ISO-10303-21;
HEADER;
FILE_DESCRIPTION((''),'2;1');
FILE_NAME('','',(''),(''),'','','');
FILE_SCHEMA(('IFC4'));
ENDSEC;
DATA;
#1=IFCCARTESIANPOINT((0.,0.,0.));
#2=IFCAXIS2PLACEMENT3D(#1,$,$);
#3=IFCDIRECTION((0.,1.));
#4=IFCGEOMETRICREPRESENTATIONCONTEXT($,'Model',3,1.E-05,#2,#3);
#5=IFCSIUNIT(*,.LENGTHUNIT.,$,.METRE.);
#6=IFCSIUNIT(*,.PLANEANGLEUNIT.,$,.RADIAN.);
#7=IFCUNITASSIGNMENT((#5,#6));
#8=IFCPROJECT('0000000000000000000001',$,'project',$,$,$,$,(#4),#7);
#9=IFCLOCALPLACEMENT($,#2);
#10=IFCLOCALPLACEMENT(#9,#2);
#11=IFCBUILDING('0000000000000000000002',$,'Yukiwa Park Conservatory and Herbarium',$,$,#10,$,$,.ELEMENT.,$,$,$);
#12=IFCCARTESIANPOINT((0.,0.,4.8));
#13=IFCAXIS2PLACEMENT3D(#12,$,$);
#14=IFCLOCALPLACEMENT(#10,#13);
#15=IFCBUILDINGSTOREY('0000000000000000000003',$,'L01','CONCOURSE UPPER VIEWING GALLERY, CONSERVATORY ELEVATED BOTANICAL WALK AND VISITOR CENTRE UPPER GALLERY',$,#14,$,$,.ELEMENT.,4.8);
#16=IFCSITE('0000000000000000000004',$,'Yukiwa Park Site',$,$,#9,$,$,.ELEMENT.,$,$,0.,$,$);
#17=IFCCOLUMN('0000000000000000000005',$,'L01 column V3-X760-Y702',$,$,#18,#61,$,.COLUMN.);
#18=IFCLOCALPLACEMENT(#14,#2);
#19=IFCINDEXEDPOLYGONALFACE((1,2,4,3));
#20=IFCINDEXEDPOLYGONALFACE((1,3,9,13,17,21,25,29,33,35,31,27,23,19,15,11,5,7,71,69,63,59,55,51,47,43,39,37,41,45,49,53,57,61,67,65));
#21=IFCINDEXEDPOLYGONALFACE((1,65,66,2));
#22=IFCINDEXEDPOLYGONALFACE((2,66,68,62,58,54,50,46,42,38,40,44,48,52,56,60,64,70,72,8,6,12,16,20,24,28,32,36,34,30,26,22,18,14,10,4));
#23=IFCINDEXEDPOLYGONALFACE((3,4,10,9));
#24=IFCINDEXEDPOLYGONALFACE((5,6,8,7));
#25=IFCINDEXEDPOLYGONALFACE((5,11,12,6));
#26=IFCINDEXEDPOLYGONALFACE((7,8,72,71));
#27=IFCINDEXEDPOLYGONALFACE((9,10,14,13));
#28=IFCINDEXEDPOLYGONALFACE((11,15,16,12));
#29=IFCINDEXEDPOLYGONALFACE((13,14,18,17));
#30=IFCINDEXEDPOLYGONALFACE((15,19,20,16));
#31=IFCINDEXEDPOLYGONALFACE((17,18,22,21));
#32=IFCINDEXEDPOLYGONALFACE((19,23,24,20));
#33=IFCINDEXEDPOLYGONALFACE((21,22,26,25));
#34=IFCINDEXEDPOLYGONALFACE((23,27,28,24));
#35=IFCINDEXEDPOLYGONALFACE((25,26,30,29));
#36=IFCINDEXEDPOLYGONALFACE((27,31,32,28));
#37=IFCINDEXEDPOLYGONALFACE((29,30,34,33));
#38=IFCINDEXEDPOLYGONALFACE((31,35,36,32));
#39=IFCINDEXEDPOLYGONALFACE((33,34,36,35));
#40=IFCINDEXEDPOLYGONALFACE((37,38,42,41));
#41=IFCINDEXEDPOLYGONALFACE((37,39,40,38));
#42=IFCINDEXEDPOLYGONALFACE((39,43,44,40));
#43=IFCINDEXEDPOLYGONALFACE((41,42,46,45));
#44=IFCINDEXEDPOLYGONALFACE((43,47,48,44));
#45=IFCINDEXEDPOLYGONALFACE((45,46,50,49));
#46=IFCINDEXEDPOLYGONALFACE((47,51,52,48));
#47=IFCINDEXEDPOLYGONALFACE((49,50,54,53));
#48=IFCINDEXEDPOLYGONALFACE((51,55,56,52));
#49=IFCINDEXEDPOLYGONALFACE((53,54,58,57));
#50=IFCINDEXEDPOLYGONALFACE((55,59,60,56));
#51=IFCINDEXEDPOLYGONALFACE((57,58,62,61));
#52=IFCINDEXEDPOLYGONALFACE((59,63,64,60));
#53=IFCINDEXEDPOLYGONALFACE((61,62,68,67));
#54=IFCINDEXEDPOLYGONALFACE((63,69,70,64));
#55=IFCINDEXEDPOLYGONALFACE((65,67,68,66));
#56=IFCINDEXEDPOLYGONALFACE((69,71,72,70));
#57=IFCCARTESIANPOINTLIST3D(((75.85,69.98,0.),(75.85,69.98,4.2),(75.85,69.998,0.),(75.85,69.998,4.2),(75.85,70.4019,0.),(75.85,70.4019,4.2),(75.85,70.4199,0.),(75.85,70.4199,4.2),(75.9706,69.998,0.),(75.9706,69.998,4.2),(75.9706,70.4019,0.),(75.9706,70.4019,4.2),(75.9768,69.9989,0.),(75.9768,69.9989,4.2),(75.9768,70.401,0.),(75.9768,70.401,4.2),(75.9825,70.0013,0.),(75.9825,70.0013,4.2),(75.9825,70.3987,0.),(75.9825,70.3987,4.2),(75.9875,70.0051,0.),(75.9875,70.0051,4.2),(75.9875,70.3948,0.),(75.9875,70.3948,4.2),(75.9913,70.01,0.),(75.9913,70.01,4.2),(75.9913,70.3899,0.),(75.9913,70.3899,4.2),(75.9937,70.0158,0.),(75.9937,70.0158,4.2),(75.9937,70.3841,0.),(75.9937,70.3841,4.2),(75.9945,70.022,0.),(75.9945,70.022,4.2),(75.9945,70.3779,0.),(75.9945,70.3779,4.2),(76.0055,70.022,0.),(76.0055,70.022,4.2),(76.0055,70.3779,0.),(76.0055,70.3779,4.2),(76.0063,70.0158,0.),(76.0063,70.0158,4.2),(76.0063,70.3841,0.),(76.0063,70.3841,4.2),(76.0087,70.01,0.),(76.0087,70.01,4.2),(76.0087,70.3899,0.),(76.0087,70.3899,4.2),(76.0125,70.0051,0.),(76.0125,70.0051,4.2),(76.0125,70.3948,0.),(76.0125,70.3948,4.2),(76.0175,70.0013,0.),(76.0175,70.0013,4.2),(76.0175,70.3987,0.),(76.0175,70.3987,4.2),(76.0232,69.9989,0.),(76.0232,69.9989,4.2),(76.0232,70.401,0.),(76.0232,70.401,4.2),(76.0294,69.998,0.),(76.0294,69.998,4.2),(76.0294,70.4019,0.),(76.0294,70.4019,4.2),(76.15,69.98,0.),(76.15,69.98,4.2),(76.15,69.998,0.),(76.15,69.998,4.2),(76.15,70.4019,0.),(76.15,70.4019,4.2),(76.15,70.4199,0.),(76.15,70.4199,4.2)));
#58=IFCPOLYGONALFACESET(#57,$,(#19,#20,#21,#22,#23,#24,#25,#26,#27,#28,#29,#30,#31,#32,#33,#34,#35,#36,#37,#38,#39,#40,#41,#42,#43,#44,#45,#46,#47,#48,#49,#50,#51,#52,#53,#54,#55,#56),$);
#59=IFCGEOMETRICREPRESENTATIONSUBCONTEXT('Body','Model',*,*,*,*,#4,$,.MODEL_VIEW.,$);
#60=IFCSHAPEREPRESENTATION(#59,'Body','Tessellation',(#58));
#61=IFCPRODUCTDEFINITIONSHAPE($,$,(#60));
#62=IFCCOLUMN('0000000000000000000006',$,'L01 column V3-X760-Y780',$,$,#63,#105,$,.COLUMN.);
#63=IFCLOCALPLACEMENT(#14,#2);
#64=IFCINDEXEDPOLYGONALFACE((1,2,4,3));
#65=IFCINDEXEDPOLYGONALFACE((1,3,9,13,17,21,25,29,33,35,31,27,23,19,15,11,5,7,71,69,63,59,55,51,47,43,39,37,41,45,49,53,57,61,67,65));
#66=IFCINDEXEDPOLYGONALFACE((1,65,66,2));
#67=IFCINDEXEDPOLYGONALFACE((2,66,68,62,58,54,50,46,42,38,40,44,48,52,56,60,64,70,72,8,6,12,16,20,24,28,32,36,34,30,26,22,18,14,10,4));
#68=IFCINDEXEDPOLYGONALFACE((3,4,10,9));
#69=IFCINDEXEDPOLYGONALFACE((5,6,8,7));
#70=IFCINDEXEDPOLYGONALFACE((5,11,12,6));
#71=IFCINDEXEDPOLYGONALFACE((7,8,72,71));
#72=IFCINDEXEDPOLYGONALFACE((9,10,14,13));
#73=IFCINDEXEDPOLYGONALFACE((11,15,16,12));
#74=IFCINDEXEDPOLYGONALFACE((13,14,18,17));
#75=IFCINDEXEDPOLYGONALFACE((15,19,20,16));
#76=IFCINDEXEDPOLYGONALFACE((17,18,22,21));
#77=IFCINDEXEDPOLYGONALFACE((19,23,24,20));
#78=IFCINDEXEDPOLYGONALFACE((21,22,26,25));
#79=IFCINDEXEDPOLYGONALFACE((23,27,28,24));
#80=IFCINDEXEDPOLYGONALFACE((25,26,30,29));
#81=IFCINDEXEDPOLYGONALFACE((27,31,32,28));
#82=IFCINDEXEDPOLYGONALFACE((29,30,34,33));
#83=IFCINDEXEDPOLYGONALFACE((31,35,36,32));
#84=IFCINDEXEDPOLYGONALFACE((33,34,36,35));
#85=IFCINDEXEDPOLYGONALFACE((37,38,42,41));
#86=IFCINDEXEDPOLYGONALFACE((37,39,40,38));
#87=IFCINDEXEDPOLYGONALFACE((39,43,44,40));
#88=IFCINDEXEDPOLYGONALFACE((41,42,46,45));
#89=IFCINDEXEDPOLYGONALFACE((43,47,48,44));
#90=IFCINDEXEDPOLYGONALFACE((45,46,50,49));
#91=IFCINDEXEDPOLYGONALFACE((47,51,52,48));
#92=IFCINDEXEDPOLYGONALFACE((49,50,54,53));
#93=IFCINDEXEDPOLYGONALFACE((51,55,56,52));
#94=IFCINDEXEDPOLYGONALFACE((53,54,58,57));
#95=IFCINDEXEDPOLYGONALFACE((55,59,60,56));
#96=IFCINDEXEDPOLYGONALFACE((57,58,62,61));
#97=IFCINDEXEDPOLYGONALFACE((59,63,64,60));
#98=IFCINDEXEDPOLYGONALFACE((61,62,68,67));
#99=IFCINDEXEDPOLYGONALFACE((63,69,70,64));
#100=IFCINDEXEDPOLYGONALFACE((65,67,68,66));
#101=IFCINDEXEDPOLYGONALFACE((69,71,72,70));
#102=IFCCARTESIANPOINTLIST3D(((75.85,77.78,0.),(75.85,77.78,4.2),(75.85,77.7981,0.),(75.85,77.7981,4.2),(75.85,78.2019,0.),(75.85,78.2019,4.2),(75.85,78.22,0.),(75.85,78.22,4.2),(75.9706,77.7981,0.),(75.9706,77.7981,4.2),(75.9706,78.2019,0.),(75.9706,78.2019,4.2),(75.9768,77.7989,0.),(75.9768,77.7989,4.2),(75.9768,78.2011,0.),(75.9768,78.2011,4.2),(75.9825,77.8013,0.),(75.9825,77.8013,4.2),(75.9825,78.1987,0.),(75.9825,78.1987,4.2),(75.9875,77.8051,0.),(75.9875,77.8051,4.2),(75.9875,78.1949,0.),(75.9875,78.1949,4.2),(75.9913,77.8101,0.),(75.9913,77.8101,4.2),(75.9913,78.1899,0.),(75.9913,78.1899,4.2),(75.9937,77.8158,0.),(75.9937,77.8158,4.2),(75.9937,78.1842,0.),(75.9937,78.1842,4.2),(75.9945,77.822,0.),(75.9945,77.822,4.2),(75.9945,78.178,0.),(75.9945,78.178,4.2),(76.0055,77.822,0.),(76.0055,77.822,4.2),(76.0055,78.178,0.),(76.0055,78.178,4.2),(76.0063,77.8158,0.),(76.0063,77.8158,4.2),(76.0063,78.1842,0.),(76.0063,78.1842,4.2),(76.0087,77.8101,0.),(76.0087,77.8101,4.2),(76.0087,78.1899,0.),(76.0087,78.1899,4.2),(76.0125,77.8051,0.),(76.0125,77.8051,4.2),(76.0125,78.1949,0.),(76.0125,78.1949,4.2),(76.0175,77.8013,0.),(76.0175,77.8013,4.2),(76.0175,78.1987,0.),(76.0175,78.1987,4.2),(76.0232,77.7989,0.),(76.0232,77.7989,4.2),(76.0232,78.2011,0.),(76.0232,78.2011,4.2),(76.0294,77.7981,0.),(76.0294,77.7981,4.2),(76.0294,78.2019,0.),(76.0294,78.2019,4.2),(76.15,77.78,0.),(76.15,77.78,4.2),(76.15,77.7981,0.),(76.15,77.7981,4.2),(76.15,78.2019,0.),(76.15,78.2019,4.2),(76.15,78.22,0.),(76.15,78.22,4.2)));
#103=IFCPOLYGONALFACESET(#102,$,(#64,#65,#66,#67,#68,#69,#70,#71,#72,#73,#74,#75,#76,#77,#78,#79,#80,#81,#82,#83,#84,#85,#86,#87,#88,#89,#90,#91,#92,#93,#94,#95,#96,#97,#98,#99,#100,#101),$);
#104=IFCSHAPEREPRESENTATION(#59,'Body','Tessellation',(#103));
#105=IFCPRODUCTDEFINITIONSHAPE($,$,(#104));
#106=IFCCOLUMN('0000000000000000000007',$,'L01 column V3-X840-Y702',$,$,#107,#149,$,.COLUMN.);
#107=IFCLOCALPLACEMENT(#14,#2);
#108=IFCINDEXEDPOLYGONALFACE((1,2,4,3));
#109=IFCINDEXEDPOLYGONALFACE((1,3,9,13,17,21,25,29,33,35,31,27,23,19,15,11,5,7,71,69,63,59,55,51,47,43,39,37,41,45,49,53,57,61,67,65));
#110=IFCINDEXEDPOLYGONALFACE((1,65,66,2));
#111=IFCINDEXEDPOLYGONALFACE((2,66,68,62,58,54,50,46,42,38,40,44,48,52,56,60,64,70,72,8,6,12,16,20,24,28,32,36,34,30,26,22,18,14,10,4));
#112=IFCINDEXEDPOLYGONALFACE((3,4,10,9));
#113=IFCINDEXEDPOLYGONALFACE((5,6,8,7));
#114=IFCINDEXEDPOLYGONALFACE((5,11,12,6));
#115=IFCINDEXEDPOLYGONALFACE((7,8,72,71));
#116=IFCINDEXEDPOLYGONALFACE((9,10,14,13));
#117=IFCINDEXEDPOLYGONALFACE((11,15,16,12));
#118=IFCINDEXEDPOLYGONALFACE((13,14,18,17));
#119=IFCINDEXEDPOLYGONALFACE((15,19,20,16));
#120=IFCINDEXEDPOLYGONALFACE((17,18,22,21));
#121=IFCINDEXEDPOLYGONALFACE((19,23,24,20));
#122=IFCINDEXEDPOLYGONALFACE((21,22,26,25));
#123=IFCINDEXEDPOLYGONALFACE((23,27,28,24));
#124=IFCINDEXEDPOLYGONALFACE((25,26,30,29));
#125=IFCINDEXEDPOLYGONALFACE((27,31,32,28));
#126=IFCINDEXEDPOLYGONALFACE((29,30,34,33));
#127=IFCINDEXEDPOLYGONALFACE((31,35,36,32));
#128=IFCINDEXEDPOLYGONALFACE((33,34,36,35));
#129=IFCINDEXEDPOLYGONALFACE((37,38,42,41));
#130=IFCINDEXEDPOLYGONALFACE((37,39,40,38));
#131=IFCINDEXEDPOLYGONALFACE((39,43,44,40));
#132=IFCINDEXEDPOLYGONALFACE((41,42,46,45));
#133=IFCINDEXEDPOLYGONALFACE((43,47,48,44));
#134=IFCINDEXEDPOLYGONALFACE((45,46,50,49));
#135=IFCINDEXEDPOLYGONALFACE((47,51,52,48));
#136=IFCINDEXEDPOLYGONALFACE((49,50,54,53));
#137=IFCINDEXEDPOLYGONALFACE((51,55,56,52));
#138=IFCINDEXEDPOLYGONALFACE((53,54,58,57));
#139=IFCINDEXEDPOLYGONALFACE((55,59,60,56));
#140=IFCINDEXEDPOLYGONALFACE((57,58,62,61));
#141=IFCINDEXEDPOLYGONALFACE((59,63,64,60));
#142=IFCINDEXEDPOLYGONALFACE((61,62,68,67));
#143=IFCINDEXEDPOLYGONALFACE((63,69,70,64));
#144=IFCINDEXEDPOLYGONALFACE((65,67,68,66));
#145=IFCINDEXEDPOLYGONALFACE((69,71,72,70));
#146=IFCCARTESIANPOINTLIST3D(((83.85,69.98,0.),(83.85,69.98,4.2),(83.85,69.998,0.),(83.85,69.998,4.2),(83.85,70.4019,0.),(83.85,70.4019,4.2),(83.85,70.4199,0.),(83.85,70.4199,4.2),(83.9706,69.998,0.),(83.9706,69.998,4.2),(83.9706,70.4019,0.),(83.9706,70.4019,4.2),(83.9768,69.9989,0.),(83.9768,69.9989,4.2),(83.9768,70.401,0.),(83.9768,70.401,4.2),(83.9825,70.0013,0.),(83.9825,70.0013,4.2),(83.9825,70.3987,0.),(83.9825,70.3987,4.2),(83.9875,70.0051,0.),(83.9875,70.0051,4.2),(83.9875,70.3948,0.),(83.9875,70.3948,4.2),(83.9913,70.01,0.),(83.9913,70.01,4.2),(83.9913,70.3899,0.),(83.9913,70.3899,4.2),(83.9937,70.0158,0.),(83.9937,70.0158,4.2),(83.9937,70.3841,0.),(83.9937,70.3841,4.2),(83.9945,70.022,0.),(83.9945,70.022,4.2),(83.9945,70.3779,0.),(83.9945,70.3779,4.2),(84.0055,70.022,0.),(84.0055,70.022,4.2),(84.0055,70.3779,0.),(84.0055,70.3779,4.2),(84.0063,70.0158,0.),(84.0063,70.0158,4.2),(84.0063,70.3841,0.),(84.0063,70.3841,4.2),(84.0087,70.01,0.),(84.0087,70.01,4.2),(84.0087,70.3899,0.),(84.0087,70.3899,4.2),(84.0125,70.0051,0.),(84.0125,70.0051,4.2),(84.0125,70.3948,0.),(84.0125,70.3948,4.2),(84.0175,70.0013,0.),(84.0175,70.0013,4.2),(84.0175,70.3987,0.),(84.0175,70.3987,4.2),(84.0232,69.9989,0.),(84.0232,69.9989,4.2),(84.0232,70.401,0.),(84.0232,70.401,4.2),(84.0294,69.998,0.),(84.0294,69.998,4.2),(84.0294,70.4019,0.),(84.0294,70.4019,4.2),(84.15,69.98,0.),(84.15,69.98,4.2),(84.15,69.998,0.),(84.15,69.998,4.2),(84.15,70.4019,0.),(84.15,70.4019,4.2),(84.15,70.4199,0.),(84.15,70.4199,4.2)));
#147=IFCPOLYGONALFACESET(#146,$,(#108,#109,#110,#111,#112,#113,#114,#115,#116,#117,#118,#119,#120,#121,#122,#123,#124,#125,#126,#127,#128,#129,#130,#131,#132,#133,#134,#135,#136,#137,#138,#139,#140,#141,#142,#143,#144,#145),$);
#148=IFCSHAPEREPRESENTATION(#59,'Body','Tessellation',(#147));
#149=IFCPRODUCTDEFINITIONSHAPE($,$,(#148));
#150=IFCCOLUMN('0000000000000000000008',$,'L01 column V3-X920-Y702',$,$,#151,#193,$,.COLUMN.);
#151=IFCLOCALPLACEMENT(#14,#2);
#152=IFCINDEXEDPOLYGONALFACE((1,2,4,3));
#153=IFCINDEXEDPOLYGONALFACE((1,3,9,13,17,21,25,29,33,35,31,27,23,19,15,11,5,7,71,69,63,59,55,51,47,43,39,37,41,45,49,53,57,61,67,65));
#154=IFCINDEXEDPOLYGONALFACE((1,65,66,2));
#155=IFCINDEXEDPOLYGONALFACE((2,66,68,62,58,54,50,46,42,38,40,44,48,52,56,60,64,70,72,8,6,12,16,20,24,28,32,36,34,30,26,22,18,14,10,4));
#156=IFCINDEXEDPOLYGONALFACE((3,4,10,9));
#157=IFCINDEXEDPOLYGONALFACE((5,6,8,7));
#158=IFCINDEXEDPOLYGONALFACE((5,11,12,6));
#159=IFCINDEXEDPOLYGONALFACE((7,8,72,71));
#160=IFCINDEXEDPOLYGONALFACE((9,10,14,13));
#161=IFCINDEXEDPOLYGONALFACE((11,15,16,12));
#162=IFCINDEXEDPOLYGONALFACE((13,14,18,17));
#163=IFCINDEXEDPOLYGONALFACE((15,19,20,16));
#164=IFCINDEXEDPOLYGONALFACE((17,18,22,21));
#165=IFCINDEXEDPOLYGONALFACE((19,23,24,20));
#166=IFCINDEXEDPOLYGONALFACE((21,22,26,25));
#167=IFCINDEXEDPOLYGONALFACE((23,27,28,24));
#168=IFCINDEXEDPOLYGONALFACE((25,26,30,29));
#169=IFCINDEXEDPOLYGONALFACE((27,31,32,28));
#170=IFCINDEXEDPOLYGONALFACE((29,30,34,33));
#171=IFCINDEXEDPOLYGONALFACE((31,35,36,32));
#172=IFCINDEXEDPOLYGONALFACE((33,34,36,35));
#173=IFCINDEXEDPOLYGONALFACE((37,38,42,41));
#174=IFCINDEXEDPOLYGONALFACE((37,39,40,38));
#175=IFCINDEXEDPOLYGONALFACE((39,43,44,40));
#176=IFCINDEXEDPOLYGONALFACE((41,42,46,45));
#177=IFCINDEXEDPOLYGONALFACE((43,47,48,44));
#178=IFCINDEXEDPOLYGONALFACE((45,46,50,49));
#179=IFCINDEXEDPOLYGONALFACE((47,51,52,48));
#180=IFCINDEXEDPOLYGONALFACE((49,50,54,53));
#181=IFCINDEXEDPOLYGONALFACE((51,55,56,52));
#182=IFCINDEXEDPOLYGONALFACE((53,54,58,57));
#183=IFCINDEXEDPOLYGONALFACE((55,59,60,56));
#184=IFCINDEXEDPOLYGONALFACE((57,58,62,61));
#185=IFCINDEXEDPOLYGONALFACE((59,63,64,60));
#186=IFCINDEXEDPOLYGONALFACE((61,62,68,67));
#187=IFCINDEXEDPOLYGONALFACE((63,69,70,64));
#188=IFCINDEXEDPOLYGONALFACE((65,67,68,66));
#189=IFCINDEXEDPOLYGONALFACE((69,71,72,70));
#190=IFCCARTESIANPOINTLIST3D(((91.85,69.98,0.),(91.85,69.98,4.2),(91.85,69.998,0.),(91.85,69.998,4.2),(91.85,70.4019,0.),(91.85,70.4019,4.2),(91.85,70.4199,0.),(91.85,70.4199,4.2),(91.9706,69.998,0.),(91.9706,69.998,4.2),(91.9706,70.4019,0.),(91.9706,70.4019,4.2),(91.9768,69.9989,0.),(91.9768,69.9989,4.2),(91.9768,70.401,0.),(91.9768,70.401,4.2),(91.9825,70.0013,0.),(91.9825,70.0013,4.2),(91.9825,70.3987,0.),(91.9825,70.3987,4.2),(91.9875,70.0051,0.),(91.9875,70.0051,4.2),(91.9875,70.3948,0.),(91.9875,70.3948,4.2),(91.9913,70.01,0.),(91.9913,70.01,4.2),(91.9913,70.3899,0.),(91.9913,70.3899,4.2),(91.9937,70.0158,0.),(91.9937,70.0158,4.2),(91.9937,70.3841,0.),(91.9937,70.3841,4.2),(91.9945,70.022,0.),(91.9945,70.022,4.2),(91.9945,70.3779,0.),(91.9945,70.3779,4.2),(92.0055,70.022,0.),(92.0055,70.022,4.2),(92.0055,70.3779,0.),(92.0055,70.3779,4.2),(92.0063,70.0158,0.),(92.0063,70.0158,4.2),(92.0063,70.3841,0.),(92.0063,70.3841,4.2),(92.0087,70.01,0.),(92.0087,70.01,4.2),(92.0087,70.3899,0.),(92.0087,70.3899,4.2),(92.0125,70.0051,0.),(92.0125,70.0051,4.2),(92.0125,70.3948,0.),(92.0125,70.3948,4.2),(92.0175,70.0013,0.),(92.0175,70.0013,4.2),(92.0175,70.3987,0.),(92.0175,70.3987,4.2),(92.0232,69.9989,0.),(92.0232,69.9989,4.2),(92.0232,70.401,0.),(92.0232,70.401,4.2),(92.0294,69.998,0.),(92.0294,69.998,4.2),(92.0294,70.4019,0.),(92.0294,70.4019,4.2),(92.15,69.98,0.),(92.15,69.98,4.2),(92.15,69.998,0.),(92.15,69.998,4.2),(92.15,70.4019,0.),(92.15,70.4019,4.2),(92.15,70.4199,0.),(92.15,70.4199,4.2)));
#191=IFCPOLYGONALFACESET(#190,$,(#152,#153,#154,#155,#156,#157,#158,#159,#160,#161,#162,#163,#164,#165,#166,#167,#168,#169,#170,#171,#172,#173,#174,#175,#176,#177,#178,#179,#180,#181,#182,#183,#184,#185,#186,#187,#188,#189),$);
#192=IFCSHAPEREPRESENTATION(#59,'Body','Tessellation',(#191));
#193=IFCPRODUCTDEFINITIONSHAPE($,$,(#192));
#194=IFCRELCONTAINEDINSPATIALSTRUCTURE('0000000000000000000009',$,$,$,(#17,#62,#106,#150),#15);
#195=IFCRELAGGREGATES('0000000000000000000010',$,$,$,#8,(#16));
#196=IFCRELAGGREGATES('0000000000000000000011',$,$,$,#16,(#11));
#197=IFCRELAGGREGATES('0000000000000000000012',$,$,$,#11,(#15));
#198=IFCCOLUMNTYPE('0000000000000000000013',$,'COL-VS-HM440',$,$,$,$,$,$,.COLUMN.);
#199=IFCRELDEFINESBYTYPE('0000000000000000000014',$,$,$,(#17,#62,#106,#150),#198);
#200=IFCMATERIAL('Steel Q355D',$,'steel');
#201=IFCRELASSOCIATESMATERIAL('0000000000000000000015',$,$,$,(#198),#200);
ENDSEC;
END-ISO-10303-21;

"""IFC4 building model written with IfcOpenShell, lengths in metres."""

from ifc_helpers import new_model, si_unit, direction, frame, origin, origin_2d, place, context, subcontext, project, spatial, i_section, extrude, material, material_profile, profile_set, type_object, element, save


model = new_model("IFC4")

# Units and contexts
model_context = context("Model", 3, precision=1e-05, world=origin(), true_north=direction((0.0, 1.0)))
body_context = subcontext(model_context, "Body", "Model", "MODEL_VIEW")
ifc_project = project(units=[si_unit("LENGTHUNIT", "METRE"), si_unit("PLANEANGLEUNIT", "RADIAN")], contexts=[model_context])

# Site, building, storey
site_placement = place(None, origin())
site = spatial("IfcSite", under=ifc_project, at=site_placement, Name="Yukiwa Park Site", CompositionType="ELEMENT", RefElevation=0.0)
building_placement = place(site_placement, origin())
building = spatial("IfcBuilding", under=site, at=building_placement, Name="Yukiwa Park Conservatory and Herbarium", CompositionType="ELEMENT")
storey_placement = place(building_placement, frame((0.0, 0.0, 4.8)))
storey = spatial("IfcBuildingStorey", under=building, at=storey_placement, Name="L01", Description="CONCOURSE UPPER VIEWING GALLERY, CONSERVATORY ELEVATED BOTANICAL WALK AND VISITOR CENTRE UPPER GALLERY", CompositionType="ELEMENT", Elevation=4.8)

# Columns
ifc_material_1 = material(Name="Steel Q355D", Category="steel")
ifc_material_profile_1 = material_profile(ifc_material_1, i_section(OverallWidth=0.3, OverallDepth=0.4399, WebThickness=0.011, FlangeThickness=0.0181, FilletRadius=0.0239, at=origin_2d()), Name="HM 440x300x11x18")
ifc_profile_set_1 = profile_set([ifc_material_profile_1], Name="Steel Q355D")
column_type_1 = type_object("IfcColumnType", Name="COL-VS-HM440", PredefinedType="COLUMN", material=ifc_profile_set_1)
for number, where, z_axis, x_axis, name in (
    (1, (76.0, 70.2, 0.0), (0.0, 0.0, 1.0), (1.0, 0.0, 0.0), "L01 column V3-X760-Y702"),
    (2, (76.0, 78.0, 0.0), (0.0, 0.0, 1.0), (1.0, 0.0, 0.0), "L01 column V3-X760-Y780"),
    (3, (84.0, 70.2, 0.0), (0.0, 0.0, 1.0), (1.0, 0.0, 0.0), "L01 column V3-X840-Y702"),
    (4, (92.0, 70.2, 0.0), (0.0, 0.0, 1.0), (1.0, 0.0, 0.0), "L01 column V3-X920-Y702"),
):
    element("IfcColumn", number, at=place(storey_placement, frame(where, z_axis=z_axis, x_axis=x_axis)), inside=storey, type_object=column_type_1, Name=name, PredefinedType="COLUMN", context=body_context, shape_type="SweptSolid", body=[
        extrude(i_section(OverallWidth=0.3, OverallDepth=0.4399, WebThickness=0.011, FlangeThickness=0.0181, FilletRadius=0.0239, at=origin_2d()), origin(), (0.0, 0.0, 1.0), 4.2),
    ])

save(model, "model.ifc")
